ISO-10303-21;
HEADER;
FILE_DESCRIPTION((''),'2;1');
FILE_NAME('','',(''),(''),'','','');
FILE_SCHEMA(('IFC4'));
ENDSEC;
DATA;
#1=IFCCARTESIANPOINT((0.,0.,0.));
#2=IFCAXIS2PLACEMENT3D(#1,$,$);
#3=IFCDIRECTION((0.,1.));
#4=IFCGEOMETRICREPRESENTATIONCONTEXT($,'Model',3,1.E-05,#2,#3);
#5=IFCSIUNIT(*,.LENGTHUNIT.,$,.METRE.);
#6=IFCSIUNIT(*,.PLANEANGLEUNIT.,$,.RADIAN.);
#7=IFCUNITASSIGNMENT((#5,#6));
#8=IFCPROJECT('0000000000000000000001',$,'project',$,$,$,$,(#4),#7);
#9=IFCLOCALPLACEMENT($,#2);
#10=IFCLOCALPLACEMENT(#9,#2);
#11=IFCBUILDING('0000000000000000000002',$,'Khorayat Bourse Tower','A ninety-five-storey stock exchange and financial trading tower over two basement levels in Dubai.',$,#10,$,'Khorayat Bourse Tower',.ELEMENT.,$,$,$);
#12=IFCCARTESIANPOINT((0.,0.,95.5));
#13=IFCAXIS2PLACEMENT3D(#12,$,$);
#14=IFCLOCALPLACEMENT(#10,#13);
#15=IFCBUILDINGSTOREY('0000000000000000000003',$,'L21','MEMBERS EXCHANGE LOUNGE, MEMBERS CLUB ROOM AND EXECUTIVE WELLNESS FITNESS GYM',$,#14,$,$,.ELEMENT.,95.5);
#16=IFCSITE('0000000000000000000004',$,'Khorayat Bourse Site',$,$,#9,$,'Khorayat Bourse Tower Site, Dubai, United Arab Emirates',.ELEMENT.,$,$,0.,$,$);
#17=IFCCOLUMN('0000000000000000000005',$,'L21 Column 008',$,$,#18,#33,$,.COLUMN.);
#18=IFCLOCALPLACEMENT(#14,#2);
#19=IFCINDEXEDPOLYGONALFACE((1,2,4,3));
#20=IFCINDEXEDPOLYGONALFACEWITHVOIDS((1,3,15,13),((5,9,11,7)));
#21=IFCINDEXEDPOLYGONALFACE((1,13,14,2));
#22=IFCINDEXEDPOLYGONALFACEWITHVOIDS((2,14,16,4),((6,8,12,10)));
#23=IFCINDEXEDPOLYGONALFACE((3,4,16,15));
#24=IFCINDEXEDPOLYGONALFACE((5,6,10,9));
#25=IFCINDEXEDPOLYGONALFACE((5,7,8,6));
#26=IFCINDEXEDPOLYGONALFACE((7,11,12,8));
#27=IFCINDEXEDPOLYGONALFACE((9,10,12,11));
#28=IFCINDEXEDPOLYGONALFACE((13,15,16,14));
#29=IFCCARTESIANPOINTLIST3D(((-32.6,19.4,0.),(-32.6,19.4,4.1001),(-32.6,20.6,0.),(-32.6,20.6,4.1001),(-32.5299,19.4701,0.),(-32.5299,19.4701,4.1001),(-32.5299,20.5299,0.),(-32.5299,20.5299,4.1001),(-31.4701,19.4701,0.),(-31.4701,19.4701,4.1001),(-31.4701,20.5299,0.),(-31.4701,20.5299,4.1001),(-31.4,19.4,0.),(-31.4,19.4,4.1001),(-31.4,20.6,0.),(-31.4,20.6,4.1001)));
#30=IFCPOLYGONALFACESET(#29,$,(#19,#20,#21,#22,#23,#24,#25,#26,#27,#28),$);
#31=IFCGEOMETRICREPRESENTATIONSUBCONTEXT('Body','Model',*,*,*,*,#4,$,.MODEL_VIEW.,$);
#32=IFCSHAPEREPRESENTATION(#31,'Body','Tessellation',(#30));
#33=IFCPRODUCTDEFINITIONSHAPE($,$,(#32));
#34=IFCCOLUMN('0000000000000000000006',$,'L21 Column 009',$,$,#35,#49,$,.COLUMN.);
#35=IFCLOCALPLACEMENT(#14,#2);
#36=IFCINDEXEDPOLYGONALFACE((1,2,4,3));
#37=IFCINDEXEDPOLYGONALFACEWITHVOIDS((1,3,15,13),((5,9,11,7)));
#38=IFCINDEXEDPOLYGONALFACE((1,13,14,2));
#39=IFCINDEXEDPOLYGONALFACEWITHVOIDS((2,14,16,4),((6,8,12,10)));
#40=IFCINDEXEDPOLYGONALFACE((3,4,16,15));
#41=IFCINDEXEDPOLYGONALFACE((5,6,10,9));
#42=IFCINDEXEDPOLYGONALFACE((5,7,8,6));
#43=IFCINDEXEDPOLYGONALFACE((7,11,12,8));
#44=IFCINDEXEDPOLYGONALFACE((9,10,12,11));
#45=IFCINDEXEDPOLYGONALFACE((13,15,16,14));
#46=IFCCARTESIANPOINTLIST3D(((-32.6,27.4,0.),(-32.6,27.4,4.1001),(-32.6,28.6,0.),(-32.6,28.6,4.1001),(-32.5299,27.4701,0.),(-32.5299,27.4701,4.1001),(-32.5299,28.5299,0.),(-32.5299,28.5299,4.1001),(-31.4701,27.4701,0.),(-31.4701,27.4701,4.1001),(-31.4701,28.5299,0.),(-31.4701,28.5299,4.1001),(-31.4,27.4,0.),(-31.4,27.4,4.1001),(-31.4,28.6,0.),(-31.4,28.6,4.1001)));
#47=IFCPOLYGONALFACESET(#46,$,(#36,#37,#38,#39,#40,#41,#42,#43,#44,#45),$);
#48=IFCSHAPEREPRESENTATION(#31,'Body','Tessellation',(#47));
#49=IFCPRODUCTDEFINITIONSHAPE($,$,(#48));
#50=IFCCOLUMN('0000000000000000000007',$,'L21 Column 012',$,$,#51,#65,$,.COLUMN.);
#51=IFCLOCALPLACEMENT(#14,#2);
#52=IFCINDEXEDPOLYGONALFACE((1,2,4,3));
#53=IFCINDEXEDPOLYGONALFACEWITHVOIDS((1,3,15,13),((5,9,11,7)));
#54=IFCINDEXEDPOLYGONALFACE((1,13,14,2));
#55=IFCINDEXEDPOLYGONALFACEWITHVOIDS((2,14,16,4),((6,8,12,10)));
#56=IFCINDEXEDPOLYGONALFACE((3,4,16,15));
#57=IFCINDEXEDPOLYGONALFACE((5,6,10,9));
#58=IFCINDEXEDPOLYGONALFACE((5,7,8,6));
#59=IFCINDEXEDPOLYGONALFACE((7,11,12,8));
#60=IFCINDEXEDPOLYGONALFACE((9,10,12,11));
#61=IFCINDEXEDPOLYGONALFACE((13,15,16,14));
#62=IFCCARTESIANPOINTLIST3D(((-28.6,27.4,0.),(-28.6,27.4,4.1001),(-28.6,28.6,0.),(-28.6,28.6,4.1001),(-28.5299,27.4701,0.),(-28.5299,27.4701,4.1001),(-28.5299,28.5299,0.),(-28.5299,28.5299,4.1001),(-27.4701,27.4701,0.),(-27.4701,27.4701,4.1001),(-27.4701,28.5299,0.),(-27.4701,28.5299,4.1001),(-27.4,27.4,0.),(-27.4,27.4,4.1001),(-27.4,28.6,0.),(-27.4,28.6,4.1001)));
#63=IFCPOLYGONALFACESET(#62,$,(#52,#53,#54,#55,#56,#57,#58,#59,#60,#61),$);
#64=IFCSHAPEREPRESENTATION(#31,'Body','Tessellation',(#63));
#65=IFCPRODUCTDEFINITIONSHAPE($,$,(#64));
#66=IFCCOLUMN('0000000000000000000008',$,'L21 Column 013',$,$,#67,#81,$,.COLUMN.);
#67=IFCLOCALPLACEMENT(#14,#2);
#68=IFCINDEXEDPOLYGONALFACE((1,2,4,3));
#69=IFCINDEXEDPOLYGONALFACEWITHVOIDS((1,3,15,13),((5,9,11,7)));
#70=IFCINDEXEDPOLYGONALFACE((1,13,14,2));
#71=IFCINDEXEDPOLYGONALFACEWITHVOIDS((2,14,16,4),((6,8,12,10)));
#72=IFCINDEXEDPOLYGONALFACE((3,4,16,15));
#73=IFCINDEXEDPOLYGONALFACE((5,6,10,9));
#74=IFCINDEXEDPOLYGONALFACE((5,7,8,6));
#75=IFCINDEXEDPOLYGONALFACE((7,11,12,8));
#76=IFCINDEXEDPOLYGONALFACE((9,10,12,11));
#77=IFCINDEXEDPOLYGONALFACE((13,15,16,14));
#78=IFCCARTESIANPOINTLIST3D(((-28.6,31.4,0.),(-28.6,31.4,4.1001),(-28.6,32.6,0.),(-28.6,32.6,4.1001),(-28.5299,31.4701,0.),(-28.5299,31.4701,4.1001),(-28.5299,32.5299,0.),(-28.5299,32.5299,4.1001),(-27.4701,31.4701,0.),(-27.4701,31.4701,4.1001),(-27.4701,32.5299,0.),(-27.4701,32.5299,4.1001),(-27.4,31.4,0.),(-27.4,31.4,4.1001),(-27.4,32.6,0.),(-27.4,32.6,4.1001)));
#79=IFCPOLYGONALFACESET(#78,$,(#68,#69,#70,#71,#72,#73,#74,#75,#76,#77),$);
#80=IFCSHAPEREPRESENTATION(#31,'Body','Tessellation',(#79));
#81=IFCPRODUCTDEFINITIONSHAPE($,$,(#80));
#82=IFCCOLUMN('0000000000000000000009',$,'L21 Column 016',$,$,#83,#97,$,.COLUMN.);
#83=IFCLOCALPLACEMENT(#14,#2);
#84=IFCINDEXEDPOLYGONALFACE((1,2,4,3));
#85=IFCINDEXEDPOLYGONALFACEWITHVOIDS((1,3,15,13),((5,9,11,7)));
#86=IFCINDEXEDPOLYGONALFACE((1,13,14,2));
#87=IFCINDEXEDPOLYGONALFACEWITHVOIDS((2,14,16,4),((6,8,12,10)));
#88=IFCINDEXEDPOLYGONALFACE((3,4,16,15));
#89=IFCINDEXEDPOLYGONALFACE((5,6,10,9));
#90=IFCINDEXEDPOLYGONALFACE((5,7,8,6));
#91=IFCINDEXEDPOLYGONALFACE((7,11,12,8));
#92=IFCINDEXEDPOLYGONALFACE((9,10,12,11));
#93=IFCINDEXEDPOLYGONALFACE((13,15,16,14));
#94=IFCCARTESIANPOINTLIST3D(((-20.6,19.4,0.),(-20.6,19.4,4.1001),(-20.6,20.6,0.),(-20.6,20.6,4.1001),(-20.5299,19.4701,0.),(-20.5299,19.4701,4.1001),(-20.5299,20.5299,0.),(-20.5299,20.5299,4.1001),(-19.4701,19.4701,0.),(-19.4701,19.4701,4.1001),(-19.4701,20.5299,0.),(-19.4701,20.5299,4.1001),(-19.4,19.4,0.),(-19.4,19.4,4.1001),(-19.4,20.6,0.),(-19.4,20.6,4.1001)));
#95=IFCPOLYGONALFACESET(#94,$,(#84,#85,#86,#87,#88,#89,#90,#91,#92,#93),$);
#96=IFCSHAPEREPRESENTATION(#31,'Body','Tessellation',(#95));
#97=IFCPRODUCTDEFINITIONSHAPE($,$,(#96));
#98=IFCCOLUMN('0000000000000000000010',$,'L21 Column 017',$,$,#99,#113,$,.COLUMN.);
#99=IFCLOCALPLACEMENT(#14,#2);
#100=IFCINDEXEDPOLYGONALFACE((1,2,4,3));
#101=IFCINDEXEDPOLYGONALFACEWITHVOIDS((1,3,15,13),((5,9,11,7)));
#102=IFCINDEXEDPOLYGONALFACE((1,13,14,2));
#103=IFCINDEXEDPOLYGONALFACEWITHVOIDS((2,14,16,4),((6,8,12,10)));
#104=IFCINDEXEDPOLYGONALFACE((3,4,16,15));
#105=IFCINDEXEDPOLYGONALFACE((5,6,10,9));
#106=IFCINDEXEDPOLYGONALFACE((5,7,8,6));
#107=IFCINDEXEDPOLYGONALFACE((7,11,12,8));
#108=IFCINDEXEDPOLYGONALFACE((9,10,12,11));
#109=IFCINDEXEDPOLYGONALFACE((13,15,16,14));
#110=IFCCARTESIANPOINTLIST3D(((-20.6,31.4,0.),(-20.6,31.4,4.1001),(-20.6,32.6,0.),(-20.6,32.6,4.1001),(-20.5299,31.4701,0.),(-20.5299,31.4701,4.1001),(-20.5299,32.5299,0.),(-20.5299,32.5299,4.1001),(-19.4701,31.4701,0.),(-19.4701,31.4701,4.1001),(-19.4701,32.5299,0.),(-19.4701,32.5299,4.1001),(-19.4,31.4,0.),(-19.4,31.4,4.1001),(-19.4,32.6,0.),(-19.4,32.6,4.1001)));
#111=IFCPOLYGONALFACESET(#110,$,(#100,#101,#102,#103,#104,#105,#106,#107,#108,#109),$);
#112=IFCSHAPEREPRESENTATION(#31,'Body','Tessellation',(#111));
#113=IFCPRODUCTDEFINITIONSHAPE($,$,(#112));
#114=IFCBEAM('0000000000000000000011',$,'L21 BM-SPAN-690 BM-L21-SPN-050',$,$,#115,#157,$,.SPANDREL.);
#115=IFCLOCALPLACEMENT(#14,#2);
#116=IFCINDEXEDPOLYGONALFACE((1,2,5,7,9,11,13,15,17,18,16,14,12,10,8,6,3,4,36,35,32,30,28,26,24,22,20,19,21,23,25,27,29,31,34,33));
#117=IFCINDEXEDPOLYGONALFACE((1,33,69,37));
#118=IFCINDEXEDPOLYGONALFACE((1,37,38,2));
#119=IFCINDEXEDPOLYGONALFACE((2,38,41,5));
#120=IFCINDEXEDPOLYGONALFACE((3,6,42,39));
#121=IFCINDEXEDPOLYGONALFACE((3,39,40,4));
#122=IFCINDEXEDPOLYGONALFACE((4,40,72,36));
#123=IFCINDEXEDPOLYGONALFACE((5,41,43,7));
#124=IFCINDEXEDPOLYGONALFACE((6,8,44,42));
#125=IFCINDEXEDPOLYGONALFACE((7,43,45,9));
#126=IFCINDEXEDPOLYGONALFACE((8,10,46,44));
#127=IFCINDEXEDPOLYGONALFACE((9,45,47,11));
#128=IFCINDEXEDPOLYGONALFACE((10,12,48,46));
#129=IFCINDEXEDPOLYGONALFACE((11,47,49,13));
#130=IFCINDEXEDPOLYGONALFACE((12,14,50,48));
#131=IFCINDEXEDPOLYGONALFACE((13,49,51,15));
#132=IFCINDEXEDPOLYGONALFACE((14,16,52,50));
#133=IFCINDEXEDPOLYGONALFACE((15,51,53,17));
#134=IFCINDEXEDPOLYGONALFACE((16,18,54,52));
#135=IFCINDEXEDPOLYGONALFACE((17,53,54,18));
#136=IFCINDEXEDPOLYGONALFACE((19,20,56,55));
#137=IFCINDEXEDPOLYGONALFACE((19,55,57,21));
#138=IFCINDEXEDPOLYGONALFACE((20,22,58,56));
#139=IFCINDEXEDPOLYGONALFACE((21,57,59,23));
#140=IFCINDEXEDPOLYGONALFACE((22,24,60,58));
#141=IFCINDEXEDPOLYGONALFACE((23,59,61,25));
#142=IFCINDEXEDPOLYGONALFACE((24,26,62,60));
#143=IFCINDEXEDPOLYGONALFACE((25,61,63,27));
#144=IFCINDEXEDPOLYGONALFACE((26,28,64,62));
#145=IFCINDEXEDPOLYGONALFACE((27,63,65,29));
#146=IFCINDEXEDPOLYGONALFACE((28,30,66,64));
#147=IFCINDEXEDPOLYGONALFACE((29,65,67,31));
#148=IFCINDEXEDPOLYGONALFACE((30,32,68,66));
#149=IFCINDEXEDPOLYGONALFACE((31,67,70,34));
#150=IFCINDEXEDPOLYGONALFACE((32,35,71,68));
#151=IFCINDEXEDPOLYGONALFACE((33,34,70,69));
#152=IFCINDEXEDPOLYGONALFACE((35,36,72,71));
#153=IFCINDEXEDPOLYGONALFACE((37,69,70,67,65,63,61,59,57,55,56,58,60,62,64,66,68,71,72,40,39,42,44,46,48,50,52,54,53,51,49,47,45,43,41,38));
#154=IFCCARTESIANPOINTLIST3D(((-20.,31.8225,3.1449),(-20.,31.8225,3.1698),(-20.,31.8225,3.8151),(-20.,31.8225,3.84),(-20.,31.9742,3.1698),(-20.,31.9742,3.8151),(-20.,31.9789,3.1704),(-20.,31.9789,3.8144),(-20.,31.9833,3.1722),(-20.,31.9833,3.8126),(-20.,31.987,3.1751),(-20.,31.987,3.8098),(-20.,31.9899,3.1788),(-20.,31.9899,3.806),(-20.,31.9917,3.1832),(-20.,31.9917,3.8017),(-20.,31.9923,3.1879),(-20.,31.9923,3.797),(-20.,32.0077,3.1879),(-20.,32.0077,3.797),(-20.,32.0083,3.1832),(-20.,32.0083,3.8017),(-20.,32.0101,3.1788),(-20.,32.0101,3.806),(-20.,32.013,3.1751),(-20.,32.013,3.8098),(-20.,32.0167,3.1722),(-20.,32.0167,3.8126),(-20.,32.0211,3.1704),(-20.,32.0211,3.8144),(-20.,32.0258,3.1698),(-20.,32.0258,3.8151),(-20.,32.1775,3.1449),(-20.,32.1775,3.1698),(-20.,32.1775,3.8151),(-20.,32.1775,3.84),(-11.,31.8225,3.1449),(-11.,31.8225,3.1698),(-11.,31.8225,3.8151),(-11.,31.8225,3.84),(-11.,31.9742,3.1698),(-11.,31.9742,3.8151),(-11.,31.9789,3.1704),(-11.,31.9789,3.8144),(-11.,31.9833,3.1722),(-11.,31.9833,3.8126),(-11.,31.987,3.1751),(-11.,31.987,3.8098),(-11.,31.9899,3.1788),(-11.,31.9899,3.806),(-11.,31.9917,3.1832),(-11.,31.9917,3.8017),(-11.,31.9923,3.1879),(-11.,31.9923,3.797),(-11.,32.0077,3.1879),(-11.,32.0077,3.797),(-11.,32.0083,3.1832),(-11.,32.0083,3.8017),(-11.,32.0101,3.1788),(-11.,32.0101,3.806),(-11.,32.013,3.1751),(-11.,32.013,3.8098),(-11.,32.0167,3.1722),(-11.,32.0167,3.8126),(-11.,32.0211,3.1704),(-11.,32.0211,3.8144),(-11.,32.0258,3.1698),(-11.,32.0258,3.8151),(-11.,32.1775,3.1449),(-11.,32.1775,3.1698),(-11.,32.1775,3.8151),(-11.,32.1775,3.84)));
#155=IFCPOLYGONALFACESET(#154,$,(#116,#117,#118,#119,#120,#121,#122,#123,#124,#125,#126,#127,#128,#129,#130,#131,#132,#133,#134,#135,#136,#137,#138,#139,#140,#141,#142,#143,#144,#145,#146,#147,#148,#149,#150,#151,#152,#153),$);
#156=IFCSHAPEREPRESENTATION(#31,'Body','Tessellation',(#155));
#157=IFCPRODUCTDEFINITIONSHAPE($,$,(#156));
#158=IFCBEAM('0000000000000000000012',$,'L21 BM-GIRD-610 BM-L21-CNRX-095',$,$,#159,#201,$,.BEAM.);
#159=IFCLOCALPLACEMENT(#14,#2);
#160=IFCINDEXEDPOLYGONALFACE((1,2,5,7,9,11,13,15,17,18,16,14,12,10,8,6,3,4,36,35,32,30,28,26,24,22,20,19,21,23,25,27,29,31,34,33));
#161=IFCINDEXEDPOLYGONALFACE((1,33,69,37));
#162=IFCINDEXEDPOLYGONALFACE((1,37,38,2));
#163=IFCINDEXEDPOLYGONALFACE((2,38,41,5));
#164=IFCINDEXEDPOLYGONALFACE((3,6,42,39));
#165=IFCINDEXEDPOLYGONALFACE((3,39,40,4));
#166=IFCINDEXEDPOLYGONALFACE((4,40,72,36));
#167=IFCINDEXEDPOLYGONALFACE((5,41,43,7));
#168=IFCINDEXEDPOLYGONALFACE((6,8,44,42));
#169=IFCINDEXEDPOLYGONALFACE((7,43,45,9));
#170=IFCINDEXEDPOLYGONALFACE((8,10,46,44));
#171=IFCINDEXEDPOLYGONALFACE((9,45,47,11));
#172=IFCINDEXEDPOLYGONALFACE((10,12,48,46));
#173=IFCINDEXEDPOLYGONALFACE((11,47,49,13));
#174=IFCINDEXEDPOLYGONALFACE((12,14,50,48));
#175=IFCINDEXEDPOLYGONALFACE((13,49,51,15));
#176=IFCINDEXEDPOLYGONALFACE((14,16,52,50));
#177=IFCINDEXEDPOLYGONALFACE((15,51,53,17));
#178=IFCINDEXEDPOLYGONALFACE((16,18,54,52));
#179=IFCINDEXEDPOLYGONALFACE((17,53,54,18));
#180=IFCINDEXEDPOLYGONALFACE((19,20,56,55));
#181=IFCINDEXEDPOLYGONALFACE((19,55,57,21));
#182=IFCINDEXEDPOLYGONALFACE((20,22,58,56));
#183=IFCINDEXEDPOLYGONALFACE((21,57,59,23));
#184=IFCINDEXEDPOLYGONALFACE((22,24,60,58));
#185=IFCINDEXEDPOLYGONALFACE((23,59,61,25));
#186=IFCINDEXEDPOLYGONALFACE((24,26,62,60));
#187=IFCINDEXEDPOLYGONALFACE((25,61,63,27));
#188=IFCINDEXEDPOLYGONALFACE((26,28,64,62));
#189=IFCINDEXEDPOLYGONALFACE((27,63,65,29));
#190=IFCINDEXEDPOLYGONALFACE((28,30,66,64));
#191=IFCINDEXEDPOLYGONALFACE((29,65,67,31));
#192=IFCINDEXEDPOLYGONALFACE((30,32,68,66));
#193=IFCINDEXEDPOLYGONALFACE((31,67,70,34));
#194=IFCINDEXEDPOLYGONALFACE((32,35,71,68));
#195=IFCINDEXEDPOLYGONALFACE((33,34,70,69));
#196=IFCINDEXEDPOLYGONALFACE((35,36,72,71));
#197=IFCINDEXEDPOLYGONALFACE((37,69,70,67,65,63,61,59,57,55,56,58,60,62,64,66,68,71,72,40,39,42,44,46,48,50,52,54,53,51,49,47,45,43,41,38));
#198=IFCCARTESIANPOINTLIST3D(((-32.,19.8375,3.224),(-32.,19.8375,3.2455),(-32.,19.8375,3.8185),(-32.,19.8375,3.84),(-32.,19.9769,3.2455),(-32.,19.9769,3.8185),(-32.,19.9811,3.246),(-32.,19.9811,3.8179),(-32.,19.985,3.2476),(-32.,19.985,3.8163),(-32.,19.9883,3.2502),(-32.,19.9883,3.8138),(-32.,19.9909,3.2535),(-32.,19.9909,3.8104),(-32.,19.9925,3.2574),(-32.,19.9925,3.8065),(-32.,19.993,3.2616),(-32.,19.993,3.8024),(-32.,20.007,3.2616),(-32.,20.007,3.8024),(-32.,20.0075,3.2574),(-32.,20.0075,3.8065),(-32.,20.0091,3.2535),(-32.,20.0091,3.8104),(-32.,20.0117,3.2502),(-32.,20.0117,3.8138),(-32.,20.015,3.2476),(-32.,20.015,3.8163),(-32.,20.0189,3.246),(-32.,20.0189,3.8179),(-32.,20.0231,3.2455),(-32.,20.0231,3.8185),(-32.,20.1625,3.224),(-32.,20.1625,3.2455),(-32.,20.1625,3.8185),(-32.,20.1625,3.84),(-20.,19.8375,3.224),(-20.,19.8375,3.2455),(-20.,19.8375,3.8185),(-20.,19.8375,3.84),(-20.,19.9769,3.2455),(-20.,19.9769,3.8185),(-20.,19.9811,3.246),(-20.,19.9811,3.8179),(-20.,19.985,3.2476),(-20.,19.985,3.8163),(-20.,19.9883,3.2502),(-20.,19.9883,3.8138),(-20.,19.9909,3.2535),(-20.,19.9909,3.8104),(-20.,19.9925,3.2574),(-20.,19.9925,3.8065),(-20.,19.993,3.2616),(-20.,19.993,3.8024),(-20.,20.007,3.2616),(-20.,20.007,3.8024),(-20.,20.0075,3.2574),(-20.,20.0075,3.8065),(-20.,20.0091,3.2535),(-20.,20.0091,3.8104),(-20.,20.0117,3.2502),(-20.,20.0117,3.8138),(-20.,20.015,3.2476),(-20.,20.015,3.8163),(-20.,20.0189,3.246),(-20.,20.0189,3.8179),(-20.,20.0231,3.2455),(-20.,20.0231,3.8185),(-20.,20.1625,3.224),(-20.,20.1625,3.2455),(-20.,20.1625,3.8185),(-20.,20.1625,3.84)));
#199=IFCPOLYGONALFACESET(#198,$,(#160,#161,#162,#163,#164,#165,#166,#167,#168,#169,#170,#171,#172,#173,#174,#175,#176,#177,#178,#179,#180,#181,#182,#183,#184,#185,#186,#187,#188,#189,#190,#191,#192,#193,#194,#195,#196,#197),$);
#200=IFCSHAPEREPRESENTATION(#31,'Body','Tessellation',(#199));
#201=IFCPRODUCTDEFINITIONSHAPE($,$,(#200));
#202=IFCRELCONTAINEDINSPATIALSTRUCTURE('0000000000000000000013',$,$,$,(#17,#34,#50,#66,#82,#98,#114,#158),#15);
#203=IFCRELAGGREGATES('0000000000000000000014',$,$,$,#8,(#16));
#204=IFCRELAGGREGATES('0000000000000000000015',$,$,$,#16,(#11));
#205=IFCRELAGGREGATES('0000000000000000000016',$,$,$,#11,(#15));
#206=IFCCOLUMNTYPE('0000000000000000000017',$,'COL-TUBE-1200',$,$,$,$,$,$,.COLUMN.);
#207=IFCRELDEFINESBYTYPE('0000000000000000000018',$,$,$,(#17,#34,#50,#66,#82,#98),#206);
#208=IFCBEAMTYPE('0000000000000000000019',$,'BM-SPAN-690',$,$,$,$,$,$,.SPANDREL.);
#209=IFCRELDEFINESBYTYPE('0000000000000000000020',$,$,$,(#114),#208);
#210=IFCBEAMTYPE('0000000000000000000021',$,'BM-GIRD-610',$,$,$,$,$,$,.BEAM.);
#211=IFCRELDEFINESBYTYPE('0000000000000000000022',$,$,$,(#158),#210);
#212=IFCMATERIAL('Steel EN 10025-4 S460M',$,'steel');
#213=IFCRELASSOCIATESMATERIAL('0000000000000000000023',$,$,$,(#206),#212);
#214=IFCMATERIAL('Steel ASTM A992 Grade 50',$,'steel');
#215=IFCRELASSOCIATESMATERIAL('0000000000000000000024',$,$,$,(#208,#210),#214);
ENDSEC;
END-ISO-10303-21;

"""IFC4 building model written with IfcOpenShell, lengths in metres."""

from ifc_helpers import new_model, si_unit, direction, frame, origin, origin_2d, place, context, subcontext, project, spatial, hollow_rectangle, i_section, extrude, source, transform, mapped, material, material_profile, profile_set, type_object, element, save


model = new_model("IFC4")

# Units and contexts
model_context = context("Model", 3, precision=1e-05, world=origin(), true_north=direction((0.0, 1.0)))
body_context = subcontext(model_context, "Body", "Model", "MODEL_VIEW")
ifc_project = project(units=[si_unit("LENGTHUNIT", "METRE"), si_unit("PLANEANGLEUNIT", "RADIAN")], contexts=[model_context])

# Site, building, storey
site_placement = place(None, origin())
site = spatial("IfcSite", under=ifc_project, at=site_placement, Name="Khorayat Bourse Site", LongName="Khorayat Bourse Tower Site, Dubai, United Arab Emirates", CompositionType="ELEMENT", RefElevation=0.0)
building_placement = place(site_placement, origin())
building = spatial("IfcBuilding", under=site, at=building_placement, Name="Khorayat Bourse Tower", Description="A ninety-five-storey stock exchange and financial trading tower over two basement levels in Dubai.", LongName="Khorayat Bourse Tower", CompositionType="ELEMENT")
storey_placement = place(building_placement, frame((0.0, 0.0, 95.5)))
storey = spatial("IfcBuildingStorey", under=building, at=storey_placement, Name="L21", Description="MEMBERS EXCHANGE LOUNGE, MEMBERS CLUB ROOM AND EXECUTIVE WELLNESS FITNESS GYM", CompositionType="ELEMENT", Elevation=95.5)

# Columns
ifc_material_1 = material(Name="Steel EN 10025-4 S460M", Category="steel")
ifc_material_profile_1 = material_profile(ifc_material_1, hollow_rectangle(XDim=1.2, YDim=1.2, WallThickness=0.0701, at=origin_2d()), Name="BOX 1200x1200x70")
ifc_profile_set_1 = profile_set([ifc_material_profile_1], Name="Steel EN 10025-4 S460M")
column_type = type_object("IfcColumnType", Name="COL-TUBE-1200", PredefinedType="COLUMN", material=ifc_profile_set_1)
shared_shape_1 = source(origin(), body_context, "Body", "SweptSolid", [
    extrude(hollow_rectangle(XDim=1.2, YDim=1.2, WallThickness=0.0701, at=origin_2d()), origin(), (0.0, 0.0, 1.0), 4.1001),
])
for number, where, z_axis, x_axis, name in (
    (1, (-32.0, 20.0, 0.0), (0.0, 0.0, 1.0), (1.0, 0.0, 0.0), "L21 Column 008"),
    (2, (-32.0, 28.0, 0.0), (0.0, 0.0, 1.0), (1.0, 0.0, 0.0), "L21 Column 009"),
    (3, (-28.0, 28.0, 0.0), (0.0, 0.0, 1.0), (1.0, 0.0, 0.0), "L21 Column 012"),
    (4, (-28.0, 32.0, 0.0), (0.0, 0.0, 1.0), (1.0, 0.0, 0.0), "L21 Column 013"),
    (5, (-20.0, 20.0, 0.0), (0.0, 0.0, 1.0), (1.0, 0.0, 0.0), "L21 Column 016"),
    (6, (-20.0, 32.0, 0.0), (0.0, 0.0, 1.0), (1.0, 0.0, 0.0), "L21 Column 017"),
):
    element("IfcColumn", number, at=place(storey_placement, frame(where, z_axis=z_axis, x_axis=x_axis)), inside=storey, type_object=column_type, Name=name, PredefinedType="COLUMN", context=body_context, shape_type="MappedRepresentation", body=[
        mapped(shared_shape_1, transform((0.0, 0.0, 0.0), scale=1.0)),
    ])

# Beams
ifc_material_2 = material(Name="Steel ASTM A992 Grade 50", Category="steel")
ifc_material_profile_2 = material_profile(ifc_material_2, i_section(OverallWidth=0.355, OverallDepth=0.6951, WebThickness=0.0154, FlangeThickness=0.0249, FilletRadius=0.0181, at=origin_2d()), Name="W690X217")
ifc_profile_set_2 = profile_set([ifc_material_profile_2], Name="Steel ASTM A992 Grade 50")
beam_type_1 = type_object("IfcBeamType", Name="BM-SPAN-690", PredefinedType="SPANDREL", material=ifc_profile_set_2)
shared_shape_2 = source(origin(), body_context, "Body", "SweptSolid", [
    extrude(i_section(OverallWidth=0.355, OverallDepth=0.6951, WebThickness=0.0154, FlangeThickness=0.0249, FilletRadius=0.0181, at=origin_2d()), origin(), (0.0, 0.0, 1.0), 9.0),
])
beam_1_placement = place(storey_placement, frame((-20.0, 32.0, 3.4924), z_axis=(1.0, 0.0, 0.0), x_axis=(0.0, 1.0, 0.0)))
element("IfcBeam", 7, at=beam_1_placement, inside=storey, type_object=beam_type_1, Name="L21 BM-SPAN-690 BM-L21-SPN-050", PredefinedType="SPANDREL", context=body_context, shape_type="MappedRepresentation", body=[
    mapped(shared_shape_2, transform((0.0, 0.0, 0.0), scale=1.0)),
])
ifc_material_profile_3 = material_profile(ifc_material_2, i_section(OverallWidth=0.325, OverallDepth=0.616, WebThickness=0.0139, FlangeThickness=0.0215, FilletRadius=0.0161, at=origin_2d()), Name="W610X174")
ifc_profile_set_3 = profile_set([ifc_material_profile_3], Name="Steel ASTM A992 Grade 50")
beam_type_2 = type_object("IfcBeamType", Name="BM-GIRD-610", PredefinedType="BEAM", material=ifc_profile_set_3)
shared_shape_3 = source(origin(), body_context, "Body", "SweptSolid", [
    extrude(i_section(OverallWidth=0.325, OverallDepth=0.616, WebThickness=0.0139, FlangeThickness=0.0215, FilletRadius=0.0161, at=origin_2d()), origin(), (0.0, 0.0, 1.0), 12.0),
])
beam_2_placement = place(storey_placement, frame((-32.0, 20.0, 3.532), z_axis=(1.0, 0.0, 0.0), x_axis=(0.0, 1.0, 0.0)))
element("IfcBeam", 8, at=beam_2_placement, inside=storey, type_object=beam_type_2, Name="L21 BM-GIRD-610 BM-L21-CNRX-095", PredefinedType="BEAM", context=body_context, shape_type="MappedRepresentation", body=[
    mapped(shared_shape_3, transform((0.0, 0.0, 0.0), scale=1.0)),
])

save(model, "model.ifc")
